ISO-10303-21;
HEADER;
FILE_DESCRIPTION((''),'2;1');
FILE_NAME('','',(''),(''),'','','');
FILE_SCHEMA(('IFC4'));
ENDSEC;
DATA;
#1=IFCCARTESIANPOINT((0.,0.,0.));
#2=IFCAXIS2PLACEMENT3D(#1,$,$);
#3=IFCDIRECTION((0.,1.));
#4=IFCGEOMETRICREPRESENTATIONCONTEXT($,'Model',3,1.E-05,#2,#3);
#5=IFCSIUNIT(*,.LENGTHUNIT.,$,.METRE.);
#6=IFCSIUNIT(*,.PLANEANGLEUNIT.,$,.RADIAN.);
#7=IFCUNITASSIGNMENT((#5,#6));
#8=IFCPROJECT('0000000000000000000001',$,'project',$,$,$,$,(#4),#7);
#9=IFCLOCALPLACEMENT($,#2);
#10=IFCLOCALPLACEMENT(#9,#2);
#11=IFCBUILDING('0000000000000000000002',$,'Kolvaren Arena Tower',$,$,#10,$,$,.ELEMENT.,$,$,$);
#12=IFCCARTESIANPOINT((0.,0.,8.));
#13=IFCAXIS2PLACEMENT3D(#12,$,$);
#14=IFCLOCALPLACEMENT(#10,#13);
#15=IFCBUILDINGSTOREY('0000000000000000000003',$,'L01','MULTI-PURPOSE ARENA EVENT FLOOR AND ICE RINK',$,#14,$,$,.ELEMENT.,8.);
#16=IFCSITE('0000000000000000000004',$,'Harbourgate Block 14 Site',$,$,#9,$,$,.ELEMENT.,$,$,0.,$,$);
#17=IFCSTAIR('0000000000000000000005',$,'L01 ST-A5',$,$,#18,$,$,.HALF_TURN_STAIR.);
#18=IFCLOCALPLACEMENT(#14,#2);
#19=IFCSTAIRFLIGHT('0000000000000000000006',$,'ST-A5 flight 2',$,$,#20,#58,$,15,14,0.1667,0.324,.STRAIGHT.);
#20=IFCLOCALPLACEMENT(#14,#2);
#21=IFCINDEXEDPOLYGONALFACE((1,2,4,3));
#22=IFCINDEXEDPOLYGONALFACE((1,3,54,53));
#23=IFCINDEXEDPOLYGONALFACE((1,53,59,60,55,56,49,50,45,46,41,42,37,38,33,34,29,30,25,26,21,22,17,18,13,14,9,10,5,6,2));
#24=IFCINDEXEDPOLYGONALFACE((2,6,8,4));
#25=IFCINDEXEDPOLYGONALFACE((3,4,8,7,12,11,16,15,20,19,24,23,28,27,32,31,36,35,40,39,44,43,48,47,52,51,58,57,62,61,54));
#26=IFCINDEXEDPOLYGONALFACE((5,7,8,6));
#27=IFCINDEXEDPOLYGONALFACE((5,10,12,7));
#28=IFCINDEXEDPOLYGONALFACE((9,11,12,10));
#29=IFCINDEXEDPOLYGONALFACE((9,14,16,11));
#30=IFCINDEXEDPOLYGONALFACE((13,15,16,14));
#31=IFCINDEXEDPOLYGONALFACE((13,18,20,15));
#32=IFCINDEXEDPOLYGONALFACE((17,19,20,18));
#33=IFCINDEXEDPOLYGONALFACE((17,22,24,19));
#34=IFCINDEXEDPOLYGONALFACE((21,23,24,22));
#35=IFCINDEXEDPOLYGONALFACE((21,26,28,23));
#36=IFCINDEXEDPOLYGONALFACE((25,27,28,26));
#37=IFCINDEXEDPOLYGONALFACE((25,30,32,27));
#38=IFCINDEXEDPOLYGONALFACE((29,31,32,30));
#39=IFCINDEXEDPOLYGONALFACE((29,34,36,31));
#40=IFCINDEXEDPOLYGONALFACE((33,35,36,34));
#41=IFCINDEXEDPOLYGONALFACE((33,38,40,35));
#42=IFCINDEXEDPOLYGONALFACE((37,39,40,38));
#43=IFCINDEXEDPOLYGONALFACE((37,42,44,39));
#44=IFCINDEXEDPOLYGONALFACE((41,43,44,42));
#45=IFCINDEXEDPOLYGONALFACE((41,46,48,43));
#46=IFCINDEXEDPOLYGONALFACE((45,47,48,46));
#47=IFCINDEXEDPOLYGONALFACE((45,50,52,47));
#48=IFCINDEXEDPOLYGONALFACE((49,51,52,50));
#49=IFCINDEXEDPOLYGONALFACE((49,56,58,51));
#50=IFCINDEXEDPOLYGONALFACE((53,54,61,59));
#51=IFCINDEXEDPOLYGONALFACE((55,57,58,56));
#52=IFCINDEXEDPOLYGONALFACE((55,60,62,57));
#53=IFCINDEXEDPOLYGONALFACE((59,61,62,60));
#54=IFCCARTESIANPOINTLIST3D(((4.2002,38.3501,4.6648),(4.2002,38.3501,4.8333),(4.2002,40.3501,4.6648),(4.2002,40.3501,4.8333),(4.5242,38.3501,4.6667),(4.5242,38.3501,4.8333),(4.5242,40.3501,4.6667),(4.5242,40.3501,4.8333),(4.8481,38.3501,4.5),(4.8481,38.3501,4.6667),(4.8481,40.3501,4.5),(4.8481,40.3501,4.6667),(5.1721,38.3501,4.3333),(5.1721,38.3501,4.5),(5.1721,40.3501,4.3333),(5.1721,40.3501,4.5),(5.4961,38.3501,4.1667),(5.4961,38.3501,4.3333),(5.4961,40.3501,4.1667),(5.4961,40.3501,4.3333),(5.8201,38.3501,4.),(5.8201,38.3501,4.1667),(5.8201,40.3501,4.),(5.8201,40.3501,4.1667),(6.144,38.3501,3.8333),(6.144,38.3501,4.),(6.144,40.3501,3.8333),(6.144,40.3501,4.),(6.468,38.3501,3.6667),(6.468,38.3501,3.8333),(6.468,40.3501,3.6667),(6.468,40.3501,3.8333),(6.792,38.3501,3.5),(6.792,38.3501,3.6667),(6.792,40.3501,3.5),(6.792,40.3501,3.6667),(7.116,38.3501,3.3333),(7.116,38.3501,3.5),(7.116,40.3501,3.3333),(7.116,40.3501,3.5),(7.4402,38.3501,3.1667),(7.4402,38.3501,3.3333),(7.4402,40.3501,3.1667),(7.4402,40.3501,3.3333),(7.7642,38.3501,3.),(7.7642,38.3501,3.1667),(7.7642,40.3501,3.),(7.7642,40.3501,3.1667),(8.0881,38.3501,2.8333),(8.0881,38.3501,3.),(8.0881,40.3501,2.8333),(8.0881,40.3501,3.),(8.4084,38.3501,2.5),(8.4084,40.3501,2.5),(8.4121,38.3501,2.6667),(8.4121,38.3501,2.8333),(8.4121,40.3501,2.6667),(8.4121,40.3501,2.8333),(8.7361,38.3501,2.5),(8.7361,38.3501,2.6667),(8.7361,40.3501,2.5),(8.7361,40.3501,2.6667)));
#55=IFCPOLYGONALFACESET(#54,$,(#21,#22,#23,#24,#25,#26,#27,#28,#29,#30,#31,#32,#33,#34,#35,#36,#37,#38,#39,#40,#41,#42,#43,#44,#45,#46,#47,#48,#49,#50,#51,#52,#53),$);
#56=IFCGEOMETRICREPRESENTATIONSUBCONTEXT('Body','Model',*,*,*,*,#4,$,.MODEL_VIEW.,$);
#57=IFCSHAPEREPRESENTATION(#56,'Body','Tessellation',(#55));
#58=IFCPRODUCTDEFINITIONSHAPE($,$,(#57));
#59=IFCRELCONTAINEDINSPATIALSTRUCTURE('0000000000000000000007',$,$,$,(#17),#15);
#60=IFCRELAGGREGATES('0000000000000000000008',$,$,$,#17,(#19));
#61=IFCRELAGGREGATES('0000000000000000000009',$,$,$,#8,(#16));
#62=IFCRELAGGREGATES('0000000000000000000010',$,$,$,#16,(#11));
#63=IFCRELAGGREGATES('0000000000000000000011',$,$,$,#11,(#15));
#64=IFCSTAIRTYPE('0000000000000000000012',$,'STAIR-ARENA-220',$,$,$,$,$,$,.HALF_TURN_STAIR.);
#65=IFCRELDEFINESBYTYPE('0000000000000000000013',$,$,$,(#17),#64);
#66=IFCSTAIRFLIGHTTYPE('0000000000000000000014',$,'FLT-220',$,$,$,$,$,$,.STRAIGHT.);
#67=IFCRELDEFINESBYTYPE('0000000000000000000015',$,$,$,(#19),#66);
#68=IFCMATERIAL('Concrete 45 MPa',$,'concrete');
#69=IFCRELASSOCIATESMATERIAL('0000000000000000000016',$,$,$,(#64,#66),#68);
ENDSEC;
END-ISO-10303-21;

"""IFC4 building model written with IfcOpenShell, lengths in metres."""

from ifc_helpers import new_model, si_unit, direction, frame, origin, place, context, subcontext, project, spatial, polyline, outline, extrude, material, type_object, element, aggregate, save


model = new_model("IFC4")

# Units and contexts
model_context = context("Model", 3, precision=1e-05, world=origin(), true_north=direction((0.0, 1.0)))
body_context = subcontext(model_context, "Body", "Model", "MODEL_VIEW")
ifc_project = project(units=[si_unit("LENGTHUNIT", "METRE"), si_unit("PLANEANGLEUNIT", "RADIAN")], contexts=[model_context])

# Site, building, storey
site_placement = place(None, origin())
site = spatial("IfcSite", under=ifc_project, at=site_placement, Name="Harbourgate Block 14 Site", CompositionType="ELEMENT", RefElevation=0.0)
building_placement = place(site_placement, origin())
building = spatial("IfcBuilding", under=site, at=building_placement, Name="Kolvaren Arena Tower", CompositionType="ELEMENT")
storey_placement = place(building_placement, frame((0.0, 0.0, 8.0)))
storey = spatial("IfcBuildingStorey", under=building, at=storey_placement, Name="L01", Description="MULTI-PURPOSE ARENA EVENT FLOOR AND ICE RINK", CompositionType="ELEMENT", Elevation=8.0)

# Shared definitions
ifc_material_1 = material(Name="Concrete 45 MPa", Category="concrete")

# Stair, stair flight
stair_type = type_object("IfcStairType", Name="STAIR-ARENA-220", PredefinedType="HALF_TURN_STAIR", material=ifc_material_1)
stair_placement = place(storey_placement, origin())
stair = element("IfcStair", 1, at=stair_placement, inside=storey, type_object=stair_type, Name="L01 ST-A5", PredefinedType="HALF_TURN_STAIR")
stair_flight_type = type_object("IfcStairFlightType", Name="FLT-220", PredefinedType="STRAIGHT", material=ifc_material_1)
stair_flight_1_placement = place(storey_placement, frame((8.7361, 39.3501, 2.5), z_axis=(0.0, 0.0, 1.0), x_axis=(-1.0, 0.0, 0.0)))
stair_flight_1 = element("IfcStairFlight", 2, at=stair_flight_1_placement, type_object=stair_flight_type, Name="ST-A5 flight 2", NumberOfRisers=15, NumberOfTreads=14, PredefinedType="STRAIGHT", RiserHeight=0.1667, TreadLength=0.324, context=body_context, shape_type="SweptSolid", body=[
    extrude(outline(polyline([(0.0, 0.0), (0.0, 0.1667), (0.324, 0.1667), (0.324, 0.3333), (0.6479, 0.3333), (0.6479, 0.5), (0.9719, 0.5), (0.9719, 0.6667), (1.2959, 0.6667), (1.2959, 0.8333), (1.6201, 0.8333), (1.6201, 1.0), (1.9441, 1.0), (1.9441, 1.1667), (2.2681, 1.1667), (2.2681, 1.3333), (2.592, 1.3333), (2.592, 1.5), (2.916, 1.5), (2.916, 1.6667), (3.24, 1.6667), (3.24, 1.8333), (3.564, 1.8333), (3.564, 2.0), (3.8879, 2.0), (3.8879, 2.1667), (4.2119, 2.1667), (4.2119, 2.3333), (4.5359, 2.3333), (4.5359, 2.5), (4.5359, 2.1648), (0.3276, 0.0), (0.0, 0.0)])), frame((0.0, 1.0, 0.0), z_axis=(0.0, -1.0, 0.0), x_axis=(1.0, 0.0, 0.0)), (0.0, 0.0, 1.0), 2.0),
])
aggregate(stair, [stair_flight_1])

save(model, "model.ifc")
